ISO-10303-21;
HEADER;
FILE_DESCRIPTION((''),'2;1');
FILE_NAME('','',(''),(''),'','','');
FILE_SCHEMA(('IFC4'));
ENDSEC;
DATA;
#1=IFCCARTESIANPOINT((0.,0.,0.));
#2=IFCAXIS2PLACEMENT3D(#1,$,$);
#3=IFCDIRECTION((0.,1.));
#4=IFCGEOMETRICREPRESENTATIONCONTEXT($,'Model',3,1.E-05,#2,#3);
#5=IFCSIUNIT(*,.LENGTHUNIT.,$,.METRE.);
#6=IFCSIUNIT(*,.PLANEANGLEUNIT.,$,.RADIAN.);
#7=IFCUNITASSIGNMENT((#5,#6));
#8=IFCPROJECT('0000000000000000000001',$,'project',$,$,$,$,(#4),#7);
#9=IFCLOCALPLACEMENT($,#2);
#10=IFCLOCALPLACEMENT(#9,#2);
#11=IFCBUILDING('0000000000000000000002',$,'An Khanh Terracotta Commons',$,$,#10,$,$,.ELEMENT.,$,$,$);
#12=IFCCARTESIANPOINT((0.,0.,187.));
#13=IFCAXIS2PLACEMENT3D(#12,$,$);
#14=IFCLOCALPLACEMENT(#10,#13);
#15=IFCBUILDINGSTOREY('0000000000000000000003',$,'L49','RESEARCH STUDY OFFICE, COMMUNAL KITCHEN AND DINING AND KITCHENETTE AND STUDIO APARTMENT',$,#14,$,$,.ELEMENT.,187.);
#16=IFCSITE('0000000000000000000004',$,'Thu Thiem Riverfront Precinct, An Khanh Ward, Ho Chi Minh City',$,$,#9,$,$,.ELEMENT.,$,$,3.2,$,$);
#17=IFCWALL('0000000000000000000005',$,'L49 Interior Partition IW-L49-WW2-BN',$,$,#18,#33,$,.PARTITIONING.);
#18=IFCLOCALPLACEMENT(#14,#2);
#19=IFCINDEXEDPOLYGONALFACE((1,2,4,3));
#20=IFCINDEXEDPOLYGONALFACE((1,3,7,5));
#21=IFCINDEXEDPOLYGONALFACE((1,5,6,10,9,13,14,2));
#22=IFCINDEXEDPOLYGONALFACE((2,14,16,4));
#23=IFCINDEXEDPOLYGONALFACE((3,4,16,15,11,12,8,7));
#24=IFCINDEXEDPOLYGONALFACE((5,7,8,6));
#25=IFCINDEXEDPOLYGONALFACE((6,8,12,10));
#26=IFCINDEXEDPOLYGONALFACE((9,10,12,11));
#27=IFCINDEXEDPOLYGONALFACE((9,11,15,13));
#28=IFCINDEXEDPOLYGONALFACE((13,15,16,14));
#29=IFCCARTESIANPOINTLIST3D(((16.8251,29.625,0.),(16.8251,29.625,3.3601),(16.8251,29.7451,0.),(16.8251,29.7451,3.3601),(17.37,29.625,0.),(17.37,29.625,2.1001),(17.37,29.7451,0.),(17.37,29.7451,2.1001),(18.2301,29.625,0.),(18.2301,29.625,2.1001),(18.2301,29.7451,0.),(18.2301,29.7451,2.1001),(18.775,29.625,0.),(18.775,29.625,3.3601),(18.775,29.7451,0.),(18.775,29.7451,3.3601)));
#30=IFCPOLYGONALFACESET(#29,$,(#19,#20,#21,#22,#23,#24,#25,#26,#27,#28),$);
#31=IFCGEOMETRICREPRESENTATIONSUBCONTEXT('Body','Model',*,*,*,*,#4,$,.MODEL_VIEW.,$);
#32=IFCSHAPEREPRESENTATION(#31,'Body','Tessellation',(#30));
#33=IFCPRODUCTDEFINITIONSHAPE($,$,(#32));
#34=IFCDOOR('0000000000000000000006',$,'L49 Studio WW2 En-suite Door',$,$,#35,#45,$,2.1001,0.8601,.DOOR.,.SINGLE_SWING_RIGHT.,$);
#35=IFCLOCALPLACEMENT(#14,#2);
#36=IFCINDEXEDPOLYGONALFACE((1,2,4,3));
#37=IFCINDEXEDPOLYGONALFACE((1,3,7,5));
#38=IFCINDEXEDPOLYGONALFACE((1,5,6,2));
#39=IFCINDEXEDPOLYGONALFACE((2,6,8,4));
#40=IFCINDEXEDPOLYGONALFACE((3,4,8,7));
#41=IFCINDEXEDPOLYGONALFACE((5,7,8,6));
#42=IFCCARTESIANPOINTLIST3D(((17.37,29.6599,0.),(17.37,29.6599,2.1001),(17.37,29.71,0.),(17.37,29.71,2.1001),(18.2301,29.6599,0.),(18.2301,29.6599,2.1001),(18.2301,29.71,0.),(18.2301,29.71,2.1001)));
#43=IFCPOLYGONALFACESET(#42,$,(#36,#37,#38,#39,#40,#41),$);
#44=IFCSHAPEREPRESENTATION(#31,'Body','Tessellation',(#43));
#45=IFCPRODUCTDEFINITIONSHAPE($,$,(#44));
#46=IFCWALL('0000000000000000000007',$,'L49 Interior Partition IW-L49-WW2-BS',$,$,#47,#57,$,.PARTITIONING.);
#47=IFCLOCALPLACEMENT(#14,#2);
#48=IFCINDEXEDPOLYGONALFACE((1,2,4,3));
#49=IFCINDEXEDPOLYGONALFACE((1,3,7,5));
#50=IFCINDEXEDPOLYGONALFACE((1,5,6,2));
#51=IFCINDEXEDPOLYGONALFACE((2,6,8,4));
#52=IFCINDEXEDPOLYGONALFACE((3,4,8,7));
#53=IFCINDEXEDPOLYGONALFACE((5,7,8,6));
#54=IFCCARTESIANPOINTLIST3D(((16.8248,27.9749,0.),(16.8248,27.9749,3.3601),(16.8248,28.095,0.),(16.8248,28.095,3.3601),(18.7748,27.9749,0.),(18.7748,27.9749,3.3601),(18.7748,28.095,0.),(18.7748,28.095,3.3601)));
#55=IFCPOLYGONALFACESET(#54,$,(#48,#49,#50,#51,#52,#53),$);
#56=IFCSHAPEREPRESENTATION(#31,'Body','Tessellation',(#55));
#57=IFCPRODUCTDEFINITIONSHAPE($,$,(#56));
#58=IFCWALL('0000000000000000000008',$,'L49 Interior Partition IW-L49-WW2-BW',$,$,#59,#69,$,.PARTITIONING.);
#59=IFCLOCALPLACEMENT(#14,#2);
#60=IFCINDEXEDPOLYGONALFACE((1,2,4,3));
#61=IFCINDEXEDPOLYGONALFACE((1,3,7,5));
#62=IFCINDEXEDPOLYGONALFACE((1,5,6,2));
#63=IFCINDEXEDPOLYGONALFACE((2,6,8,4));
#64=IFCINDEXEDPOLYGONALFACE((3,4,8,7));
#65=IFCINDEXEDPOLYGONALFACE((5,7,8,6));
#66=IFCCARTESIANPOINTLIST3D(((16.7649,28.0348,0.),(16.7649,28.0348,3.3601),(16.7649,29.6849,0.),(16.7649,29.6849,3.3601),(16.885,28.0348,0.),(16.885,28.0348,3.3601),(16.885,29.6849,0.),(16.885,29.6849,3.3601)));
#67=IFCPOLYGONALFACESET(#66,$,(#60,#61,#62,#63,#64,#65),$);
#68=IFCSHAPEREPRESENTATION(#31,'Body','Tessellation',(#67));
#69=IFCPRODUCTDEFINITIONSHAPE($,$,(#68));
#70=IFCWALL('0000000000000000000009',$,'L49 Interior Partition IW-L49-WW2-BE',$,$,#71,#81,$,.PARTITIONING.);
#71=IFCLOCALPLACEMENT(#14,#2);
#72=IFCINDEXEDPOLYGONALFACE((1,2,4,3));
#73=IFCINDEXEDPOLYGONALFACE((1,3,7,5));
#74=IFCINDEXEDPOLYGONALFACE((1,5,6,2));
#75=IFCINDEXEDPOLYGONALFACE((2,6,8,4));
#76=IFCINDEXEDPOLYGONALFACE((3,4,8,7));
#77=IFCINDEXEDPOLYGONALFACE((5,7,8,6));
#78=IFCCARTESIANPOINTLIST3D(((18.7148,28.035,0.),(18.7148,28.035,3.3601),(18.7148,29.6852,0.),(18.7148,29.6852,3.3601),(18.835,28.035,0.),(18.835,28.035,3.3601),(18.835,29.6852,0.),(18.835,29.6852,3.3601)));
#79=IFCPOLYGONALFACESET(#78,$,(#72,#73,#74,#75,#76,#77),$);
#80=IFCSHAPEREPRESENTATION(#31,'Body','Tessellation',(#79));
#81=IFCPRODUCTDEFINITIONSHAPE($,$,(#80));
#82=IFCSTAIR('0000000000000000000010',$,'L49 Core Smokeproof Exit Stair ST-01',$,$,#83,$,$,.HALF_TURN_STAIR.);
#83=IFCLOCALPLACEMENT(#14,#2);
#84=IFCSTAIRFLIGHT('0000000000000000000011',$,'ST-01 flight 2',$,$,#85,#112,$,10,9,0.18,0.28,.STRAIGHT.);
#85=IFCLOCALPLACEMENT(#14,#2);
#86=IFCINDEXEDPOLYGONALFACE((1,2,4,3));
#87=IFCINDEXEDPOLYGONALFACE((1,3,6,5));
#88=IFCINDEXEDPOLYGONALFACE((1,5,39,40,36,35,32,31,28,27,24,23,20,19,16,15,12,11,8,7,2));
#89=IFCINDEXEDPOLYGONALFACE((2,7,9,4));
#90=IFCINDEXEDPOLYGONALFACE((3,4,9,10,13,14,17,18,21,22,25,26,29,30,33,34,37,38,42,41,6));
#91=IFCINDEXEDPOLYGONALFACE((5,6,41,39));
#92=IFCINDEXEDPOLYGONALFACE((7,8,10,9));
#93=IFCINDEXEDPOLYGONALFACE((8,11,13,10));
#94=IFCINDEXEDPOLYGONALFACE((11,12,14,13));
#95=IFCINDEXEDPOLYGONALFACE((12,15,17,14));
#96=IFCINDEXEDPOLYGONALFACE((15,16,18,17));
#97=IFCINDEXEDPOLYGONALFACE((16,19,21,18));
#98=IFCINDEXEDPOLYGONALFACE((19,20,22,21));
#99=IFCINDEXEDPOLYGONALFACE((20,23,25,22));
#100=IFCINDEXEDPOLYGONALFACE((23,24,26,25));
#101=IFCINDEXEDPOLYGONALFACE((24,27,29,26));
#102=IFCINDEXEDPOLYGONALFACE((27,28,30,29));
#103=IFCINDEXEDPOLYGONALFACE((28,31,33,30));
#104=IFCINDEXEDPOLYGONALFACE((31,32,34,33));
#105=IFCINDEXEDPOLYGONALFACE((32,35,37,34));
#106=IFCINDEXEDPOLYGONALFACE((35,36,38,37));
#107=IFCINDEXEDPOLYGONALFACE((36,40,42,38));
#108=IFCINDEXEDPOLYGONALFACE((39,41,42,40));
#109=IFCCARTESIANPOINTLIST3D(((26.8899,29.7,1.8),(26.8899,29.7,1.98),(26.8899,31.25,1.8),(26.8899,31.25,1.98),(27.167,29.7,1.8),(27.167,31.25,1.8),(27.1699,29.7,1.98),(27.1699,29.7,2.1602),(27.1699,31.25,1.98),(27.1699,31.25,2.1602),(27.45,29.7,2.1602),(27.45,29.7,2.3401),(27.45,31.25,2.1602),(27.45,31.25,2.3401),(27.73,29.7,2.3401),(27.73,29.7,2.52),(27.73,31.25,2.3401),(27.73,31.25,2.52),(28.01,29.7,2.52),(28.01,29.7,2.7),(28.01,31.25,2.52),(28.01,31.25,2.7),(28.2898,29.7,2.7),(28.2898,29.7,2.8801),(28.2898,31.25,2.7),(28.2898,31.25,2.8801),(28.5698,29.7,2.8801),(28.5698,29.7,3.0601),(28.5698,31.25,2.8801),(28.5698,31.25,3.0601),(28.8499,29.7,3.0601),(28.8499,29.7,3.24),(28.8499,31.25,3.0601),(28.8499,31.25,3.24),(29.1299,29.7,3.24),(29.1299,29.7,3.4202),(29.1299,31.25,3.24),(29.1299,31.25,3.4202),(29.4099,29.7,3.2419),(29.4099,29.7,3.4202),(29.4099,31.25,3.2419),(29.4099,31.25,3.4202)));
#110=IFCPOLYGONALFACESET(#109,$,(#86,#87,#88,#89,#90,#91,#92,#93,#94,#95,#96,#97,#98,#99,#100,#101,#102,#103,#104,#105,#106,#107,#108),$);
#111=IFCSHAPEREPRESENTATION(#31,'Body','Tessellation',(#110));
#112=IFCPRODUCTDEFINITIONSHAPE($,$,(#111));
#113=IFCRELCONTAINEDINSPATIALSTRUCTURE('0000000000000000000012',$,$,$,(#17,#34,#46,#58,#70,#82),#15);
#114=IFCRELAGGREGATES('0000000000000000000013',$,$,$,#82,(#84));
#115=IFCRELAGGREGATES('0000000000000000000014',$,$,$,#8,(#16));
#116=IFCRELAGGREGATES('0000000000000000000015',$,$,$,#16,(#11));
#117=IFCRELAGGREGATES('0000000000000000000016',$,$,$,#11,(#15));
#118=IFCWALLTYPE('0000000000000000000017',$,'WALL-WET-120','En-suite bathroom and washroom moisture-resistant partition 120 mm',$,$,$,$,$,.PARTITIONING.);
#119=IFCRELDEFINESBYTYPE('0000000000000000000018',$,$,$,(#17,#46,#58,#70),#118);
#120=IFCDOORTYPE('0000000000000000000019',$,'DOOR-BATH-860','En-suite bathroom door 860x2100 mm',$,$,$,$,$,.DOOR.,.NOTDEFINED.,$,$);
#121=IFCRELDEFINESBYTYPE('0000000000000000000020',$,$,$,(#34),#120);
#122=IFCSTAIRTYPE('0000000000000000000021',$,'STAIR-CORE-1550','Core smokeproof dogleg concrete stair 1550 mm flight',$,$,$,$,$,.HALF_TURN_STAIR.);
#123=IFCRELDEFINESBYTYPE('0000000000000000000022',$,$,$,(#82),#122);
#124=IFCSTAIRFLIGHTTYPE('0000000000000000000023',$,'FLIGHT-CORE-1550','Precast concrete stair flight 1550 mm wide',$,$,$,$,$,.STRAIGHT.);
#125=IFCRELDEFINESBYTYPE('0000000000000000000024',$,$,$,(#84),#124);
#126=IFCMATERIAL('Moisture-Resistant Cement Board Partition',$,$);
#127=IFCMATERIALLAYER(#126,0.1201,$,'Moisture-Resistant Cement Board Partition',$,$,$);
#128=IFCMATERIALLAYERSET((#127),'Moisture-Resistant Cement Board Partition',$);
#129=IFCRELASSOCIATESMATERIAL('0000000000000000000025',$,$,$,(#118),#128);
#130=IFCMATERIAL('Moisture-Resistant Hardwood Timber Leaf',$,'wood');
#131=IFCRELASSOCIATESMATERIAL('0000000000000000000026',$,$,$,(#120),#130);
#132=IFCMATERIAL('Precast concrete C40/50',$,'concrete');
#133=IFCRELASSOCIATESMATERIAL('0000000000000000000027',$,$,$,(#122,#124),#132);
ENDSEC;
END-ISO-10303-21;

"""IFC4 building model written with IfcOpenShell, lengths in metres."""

from ifc_helpers import new_model, si_unit, direction, frame, frame_2d, origin, place, context, subcontext, project, spatial, polyline, rectangle, outline, extrude, material, layer, layer_set, type_object, element, fill, aggregate, save


model = new_model("IFC4")

# Units and contexts
model_context = context("Model", 3, precision=1e-05, world=origin(), true_north=direction((0.0, 1.0)))
body_context = subcontext(model_context, "Body", "Model", "MODEL_VIEW")
ifc_project = project(units=[si_unit("LENGTHUNIT", "METRE"), si_unit("PLANEANGLEUNIT", "RADIAN")], contexts=[model_context])

# Site, building, storey
site_placement = place(None, origin())
site = spatial("IfcSite", under=ifc_project, at=site_placement, Name="Thu Thiem Riverfront Precinct, An Khanh Ward, Ho Chi Minh City", CompositionType="ELEMENT", RefElevation=3.2)
building_placement = place(site_placement, origin())
building = spatial("IfcBuilding", under=site, at=building_placement, Name="An Khanh Terracotta Commons", CompositionType="ELEMENT")
storey_placement = place(building_placement, frame((0.0, 0.0, 187.0)))
storey = spatial("IfcBuildingStorey", under=building, at=storey_placement, Name="L49", Description="RESEARCH STUDY OFFICE, COMMUNAL KITCHEN AND DINING AND KITCHENETTE AND STUDIO APARTMENT", CompositionType="ELEMENT", Elevation=187.0)

# Wall, opening, door
ifc_material_1 = material(Name="Moisture-Resistant Cement Board Partition")
ifc_layer_1 = layer(ifc_material_1, 0.1201, Name="Moisture-Resistant Cement Board Partition")
ifc_layer_set_1 = layer_set([ifc_layer_1], Name="Moisture-Resistant Cement Board Partition")
wall_type_1 = type_object("IfcWallType", Name="WALL-WET-120", Description="En-suite bathroom and washroom moisture-resistant partition 120 mm", PredefinedType="PARTITIONING", material=ifc_layer_set_1)
wall_1_placement = place(storey_placement, frame((16.825, 29.6851, 0.0), z_axis=(0.0, 0.0, 1.0), x_axis=(1.0, 0.0, 0.0)))
wall_1 = element("IfcWall", 1, at=wall_1_placement, inside=storey, type_object=wall_type_1, Name="L49 Interior Partition IW-L49-WW2-BN", PredefinedType="PARTITIONING", context=body_context, shape_type="SweptSolid", body=[
    extrude(rectangle(XDim=1.95, YDim=0.1201, at=frame_2d((0.9751, 0.0))), origin(), (0.0, 0.0, 1.0), 3.3601),
])
opening_1_placement = place(wall_1_placement, frame((0.5449, 0.0, 0.0)))
opening_1 = element("IfcOpeningElement", 2, at=opening_1_placement, cuts=wall_1, PredefinedType="OPENING", context=body_context, shape_type="SweptSolid", body=[
    extrude(rectangle(XDim=0.8601, YDim=2.1001, at=frame_2d((0.4302, 1.05))), frame((0.0, 0.0701, 0.0), z_axis=(0.0, -1.0, 0.0), x_axis=(1.0, 0.0, 0.0)), (0.0, 0.0, 1.0), 0.1401),
])
ifc_material_2 = material(Name="Moisture-Resistant Hardwood Timber Leaf", Category="wood")
door_type_1 = type_object("IfcDoorType", Name="DOOR-BATH-860", Description="En-suite bathroom door 860x2100 mm", OperationType="NOTDEFINED", PredefinedType="DOOR", material=ifc_material_2)
door_1_placement = place(opening_1_placement, origin())
door_1 = element("IfcDoor", 3, at=door_1_placement, inside=storey, type_object=door_type_1, Name="L49 Studio WW2 En-suite Door", OperationType="SINGLE_SWING_RIGHT", OverallHeight=2.1001, OverallWidth=0.8601, PredefinedType="DOOR", context=body_context, shape_type="SweptSolid", body=[
    extrude(rectangle(XDim=0.8601, YDim=2.1001, at=frame_2d((0.4302, 1.05))), frame((0.0, 0.0249, 0.0), z_axis=(0.0, -1.0, 0.0), x_axis=(1.0, 0.0, 0.0)), (0.0, 0.0, 1.0), 0.05),
])
fill(opening_1, door_1)

# Walls
wall_2_placement = place(storey_placement, frame((18.7749, 28.0349, 0.0), z_axis=(0.0, 0.0, 1.0), x_axis=(-1.0, 0.0, 0.0)))
element("IfcWall", 4, at=wall_2_placement, inside=storey, type_object=wall_type_1, Name="L49 Interior Partition IW-L49-WW2-BS", PredefinedType="PARTITIONING", context=body_context, shape_type="SweptSolid", body=[
    extrude(rectangle(XDim=1.95, YDim=0.1201, at=frame_2d((0.9751, 0.0))), origin(), (0.0, 0.0, 1.0), 3.3601),
])
for number, where, z_axis, x_axis, name in (
    (5, (16.825, 29.6851, 0.0), (0.0, 0.0, 1.0), (0.0, -1.0, 0.0), "L49 Interior Partition IW-L49-WW2-BW"),
    (6, (18.7749, 28.0349, 0.0), (0.0, 0.0, 1.0), (0.0, 1.0, 0.0), "L49 Interior Partition IW-L49-WW2-BE"),
):
    element("IfcWall", number, at=place(storey_placement, frame(where, z_axis=z_axis, x_axis=x_axis)), inside=storey, type_object=wall_type_1, Name=name, PredefinedType="PARTITIONING", context=body_context, shape_type="SweptSolid", body=[
        extrude(rectangle(XDim=1.6501, YDim=0.1201, at=frame_2d((0.8252, 0.0))), origin(), (0.0, 0.0, 1.0), 3.3601),
    ])

# Stair, stair flight
ifc_material_3 = material(Name="Precast concrete C40/50", Category="concrete")
stair_type = type_object("IfcStairType", Name="STAIR-CORE-1550", Description="Core smokeproof dogleg concrete stair 1550 mm flight", PredefinedType="HALF_TURN_STAIR", material=ifc_material_3)
stair_placement = place(storey_placement, origin())
stair = element("IfcStair", 7, at=stair_placement, inside=storey, type_object=stair_type, Name="L49 Core Smokeproof Exit Stair ST-01", PredefinedType="HALF_TURN_STAIR")
stair_flight_type = type_object("IfcStairFlightType", Name="FLIGHT-CORE-1550", Description="Precast concrete stair flight 1550 mm wide", PredefinedType="STRAIGHT", material=ifc_material_3)
stair_flight_placement = place(storey_placement, frame((26.8899, 30.4751, 1.8), z_axis=(0.0, 0.0, 1.0), x_axis=(1.0, 0.0, 0.0)))
stair_flight = element("IfcStairFlight", 8, at=stair_flight_placement, type_object=stair_flight_type, Name="ST-01 flight 2", NumberOfRisers=10, NumberOfTreads=9, PredefinedType="STRAIGHT", RiserHeight=0.18, TreadLength=0.28, context=body_context, shape_type="SweptSolid", body=[
    extrude(outline(polyline([(0.0, 0.0), (0.0, 0.1799), (0.28, 0.1799), (0.28, 0.3601), (0.5601, 0.3601), (0.5601, 0.54), (0.8401, 0.54), (0.8401, 0.72), (1.1201, 0.72), (1.1201, 0.8999), (1.3999, 0.8999), (1.3999, 1.0801), (1.6799, 1.0801), (1.6799, 1.26), (1.96, 1.26), (1.96, 1.4399), (2.24, 1.4399), (2.24, 1.6201), (2.52, 1.6201), (2.52, 1.8), (2.52, 1.4419), (0.2771, 0.0), (0.0, 0.0)])), frame((0.0, 0.7749, 0.0), z_axis=(0.0, -1.0, 0.0), x_axis=(1.0, 0.0, 0.0)), (0.0, 0.0, 1.0), 1.55),
])
aggregate(stair, [stair_flight])

save(model, "model.ifc")
